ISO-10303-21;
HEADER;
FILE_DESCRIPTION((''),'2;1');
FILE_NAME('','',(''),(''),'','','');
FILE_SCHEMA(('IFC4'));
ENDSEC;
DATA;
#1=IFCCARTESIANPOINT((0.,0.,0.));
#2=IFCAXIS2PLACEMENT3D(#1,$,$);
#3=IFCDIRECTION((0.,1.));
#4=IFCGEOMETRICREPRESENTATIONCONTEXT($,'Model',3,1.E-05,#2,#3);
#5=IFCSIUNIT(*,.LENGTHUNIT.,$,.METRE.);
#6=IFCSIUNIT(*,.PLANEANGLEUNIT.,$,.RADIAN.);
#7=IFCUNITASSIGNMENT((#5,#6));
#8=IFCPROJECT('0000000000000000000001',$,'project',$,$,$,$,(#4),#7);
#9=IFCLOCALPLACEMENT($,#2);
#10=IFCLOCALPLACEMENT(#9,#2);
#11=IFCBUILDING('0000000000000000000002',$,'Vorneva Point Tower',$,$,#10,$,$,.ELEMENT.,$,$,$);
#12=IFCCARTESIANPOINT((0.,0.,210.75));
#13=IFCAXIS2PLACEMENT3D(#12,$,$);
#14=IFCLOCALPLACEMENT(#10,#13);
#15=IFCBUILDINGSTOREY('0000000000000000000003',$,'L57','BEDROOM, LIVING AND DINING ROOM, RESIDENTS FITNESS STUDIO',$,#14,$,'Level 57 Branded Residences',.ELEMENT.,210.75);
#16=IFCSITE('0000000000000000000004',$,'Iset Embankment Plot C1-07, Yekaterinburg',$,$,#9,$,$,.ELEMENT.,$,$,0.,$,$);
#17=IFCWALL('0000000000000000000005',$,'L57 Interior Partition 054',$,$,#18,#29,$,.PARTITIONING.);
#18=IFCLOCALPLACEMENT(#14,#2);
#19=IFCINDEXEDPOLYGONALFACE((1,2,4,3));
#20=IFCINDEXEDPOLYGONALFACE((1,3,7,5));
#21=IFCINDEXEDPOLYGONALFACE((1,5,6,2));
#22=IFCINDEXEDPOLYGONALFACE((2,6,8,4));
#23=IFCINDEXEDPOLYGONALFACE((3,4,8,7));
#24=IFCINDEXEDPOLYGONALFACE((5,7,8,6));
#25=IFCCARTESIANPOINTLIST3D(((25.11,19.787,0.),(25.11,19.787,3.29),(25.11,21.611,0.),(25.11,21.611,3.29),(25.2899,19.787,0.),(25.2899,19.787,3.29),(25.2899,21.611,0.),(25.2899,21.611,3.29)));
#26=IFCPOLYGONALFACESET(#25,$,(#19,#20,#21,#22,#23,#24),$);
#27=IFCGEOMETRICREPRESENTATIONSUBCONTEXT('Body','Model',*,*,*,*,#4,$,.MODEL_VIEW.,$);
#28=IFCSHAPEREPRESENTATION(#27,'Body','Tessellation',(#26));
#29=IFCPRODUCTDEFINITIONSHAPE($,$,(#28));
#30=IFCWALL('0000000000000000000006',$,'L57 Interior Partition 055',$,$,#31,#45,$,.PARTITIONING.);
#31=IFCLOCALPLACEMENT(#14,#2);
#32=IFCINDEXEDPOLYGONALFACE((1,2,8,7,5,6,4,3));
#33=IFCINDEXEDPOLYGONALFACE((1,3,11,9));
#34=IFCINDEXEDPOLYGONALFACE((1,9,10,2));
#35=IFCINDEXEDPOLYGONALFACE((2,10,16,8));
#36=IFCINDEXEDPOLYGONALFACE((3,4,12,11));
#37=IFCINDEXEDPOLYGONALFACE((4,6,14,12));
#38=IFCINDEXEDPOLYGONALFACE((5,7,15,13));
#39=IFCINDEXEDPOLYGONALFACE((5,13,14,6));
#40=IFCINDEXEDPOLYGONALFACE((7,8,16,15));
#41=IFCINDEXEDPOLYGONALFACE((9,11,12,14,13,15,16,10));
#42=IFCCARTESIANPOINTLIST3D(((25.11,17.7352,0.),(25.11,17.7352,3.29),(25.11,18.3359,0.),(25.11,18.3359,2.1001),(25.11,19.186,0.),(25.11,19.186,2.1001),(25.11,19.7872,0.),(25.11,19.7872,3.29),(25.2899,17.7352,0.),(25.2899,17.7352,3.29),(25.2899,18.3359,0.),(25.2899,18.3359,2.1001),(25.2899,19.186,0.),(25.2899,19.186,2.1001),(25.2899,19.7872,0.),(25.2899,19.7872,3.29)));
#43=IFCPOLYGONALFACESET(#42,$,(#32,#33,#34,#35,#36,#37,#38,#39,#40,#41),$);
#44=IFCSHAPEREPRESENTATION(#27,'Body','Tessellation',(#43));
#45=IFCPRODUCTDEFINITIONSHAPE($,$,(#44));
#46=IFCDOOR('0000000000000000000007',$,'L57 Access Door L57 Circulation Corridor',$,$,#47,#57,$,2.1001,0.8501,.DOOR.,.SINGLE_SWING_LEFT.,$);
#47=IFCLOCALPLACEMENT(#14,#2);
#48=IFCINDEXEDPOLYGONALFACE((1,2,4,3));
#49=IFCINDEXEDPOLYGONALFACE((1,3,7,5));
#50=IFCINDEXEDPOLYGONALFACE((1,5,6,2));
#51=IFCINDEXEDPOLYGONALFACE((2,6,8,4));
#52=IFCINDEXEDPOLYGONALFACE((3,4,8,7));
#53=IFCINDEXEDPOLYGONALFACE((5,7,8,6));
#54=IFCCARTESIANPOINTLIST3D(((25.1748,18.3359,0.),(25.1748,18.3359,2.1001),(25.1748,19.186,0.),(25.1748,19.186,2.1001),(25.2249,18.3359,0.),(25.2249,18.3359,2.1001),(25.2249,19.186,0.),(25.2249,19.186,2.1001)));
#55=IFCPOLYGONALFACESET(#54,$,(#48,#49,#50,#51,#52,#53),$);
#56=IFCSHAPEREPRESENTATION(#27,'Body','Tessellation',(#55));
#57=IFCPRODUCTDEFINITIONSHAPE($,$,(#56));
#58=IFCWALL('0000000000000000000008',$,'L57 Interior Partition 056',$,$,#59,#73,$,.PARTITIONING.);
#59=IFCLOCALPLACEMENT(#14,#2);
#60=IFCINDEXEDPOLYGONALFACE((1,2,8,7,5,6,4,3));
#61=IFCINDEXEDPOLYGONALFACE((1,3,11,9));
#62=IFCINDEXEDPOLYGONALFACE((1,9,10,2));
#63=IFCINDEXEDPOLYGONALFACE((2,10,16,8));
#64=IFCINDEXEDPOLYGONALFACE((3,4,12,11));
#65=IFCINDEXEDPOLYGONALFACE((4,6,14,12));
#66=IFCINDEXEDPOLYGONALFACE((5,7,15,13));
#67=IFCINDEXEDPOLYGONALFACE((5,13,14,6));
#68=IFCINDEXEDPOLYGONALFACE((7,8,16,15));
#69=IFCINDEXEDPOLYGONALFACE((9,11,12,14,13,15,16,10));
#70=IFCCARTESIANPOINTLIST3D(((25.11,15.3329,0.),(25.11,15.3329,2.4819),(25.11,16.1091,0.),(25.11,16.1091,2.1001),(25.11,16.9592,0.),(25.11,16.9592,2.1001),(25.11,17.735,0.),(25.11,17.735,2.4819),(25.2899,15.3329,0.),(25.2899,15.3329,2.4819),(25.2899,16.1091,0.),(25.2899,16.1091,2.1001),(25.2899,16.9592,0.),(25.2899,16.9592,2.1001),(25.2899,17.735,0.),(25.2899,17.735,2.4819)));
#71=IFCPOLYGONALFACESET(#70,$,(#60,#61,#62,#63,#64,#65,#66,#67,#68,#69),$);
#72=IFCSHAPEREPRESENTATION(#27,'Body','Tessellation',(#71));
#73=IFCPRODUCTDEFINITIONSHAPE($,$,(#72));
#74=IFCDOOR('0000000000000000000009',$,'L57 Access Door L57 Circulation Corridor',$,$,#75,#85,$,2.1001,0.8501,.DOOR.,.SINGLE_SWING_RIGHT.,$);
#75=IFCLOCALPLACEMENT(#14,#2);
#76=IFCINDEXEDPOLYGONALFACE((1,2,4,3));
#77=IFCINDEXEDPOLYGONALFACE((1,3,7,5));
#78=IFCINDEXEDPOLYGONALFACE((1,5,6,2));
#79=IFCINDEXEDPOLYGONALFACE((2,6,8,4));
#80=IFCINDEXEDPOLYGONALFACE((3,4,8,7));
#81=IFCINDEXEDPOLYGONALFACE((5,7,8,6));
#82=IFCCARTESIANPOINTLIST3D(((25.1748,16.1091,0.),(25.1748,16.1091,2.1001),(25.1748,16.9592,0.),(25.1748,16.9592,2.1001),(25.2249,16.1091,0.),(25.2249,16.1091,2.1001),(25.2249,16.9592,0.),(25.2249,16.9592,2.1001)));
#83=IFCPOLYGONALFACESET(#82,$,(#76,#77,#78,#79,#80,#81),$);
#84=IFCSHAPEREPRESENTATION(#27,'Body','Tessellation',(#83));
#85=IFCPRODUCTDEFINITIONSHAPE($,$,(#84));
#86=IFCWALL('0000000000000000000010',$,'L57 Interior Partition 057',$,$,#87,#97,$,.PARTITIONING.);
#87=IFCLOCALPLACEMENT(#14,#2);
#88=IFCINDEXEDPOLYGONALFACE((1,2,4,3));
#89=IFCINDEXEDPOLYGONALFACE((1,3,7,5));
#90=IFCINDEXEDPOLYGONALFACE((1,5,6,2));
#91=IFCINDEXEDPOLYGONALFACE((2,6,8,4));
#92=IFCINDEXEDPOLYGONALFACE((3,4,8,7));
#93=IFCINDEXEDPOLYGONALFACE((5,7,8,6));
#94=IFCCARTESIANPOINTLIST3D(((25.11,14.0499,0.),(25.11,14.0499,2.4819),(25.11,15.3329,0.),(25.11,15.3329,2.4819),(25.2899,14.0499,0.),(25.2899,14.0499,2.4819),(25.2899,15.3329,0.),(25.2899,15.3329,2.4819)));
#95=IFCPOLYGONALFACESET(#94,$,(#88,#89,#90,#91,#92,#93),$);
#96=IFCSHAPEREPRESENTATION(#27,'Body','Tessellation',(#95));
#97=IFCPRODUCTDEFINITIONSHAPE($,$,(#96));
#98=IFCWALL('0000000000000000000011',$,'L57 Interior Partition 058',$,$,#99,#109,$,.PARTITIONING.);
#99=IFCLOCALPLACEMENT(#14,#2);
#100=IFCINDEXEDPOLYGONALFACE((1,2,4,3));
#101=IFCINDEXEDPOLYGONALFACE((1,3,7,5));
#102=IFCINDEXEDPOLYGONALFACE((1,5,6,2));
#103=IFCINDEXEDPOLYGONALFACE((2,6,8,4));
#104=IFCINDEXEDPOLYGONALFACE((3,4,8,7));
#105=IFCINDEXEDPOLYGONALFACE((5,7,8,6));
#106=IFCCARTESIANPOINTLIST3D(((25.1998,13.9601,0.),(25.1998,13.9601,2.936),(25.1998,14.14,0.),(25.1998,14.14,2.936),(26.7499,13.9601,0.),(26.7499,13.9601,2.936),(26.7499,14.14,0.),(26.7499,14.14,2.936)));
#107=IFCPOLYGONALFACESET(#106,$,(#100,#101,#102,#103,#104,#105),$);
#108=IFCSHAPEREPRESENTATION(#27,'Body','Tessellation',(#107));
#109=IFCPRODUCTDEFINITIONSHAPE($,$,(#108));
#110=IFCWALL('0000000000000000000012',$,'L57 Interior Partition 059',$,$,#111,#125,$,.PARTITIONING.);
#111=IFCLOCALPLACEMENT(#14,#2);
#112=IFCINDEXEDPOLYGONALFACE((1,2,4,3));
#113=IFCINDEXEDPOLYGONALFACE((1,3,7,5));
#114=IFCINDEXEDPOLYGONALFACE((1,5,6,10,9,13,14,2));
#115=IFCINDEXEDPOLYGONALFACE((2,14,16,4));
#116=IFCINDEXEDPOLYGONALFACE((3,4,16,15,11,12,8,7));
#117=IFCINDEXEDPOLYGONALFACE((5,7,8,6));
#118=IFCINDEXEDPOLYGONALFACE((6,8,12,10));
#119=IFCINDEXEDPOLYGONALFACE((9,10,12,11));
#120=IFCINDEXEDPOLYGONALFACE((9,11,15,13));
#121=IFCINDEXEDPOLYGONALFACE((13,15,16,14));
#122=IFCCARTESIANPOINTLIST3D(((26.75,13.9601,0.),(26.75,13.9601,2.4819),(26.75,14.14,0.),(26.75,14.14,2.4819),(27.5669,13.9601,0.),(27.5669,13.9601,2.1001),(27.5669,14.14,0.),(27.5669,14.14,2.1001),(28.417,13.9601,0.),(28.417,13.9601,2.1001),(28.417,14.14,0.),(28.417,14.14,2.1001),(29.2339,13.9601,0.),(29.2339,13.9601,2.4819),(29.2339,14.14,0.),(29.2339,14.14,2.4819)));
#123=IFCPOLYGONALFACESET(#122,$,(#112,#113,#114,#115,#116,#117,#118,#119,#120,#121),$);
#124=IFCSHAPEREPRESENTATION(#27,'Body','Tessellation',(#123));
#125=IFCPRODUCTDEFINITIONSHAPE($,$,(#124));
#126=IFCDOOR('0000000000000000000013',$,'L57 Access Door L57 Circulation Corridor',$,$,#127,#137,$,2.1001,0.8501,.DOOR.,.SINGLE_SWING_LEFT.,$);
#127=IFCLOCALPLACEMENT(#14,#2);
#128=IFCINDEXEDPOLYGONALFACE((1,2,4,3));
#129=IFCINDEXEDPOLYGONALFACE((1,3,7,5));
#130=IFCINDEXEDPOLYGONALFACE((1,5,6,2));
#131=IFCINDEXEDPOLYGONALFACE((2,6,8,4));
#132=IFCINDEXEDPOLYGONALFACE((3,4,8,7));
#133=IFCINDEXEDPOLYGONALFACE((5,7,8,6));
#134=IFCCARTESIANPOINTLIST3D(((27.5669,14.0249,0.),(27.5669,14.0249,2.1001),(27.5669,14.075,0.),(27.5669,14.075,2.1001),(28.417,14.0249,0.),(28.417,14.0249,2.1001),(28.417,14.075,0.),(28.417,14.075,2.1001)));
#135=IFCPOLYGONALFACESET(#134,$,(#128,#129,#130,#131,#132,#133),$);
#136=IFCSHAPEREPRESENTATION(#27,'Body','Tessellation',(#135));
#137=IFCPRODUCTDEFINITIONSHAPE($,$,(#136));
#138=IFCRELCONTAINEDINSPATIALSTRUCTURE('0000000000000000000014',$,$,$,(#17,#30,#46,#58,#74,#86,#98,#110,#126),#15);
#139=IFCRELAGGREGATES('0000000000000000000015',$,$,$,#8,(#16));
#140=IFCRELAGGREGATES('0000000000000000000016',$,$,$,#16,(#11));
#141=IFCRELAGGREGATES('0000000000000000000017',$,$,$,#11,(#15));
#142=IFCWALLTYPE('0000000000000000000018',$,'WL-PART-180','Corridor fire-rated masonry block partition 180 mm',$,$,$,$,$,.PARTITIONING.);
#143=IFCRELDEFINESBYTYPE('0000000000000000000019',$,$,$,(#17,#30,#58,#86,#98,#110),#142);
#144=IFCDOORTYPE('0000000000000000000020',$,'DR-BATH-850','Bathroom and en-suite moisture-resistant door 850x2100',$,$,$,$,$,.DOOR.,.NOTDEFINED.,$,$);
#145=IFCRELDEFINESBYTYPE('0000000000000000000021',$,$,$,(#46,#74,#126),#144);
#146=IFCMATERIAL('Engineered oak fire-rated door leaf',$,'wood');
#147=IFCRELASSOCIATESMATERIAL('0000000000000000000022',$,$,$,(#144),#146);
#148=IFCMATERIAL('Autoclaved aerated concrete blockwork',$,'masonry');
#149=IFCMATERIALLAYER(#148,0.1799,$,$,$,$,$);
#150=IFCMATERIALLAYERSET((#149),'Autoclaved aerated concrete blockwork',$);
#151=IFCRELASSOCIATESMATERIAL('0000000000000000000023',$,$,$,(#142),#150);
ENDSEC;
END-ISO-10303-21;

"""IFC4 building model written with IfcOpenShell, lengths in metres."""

from ifc_helpers import new_model, si_unit, direction, frame, frame_2d, origin, place, context, subcontext, project, spatial, rectangle, extrude, material, layer, layer_set, type_object, element, fill, save


model = new_model("IFC4")

# Units and contexts
model_context = context("Model", 3, precision=1e-05, world=origin(), true_north=direction((0.0, 1.0)))
body_context = subcontext(model_context, "Body", "Model", "MODEL_VIEW")
ifc_project = project(units=[si_unit("LENGTHUNIT", "METRE"), si_unit("PLANEANGLEUNIT", "RADIAN")], contexts=[model_context])

# Site, building, storey
site_placement = place(None, origin())
site = spatial("IfcSite", under=ifc_project, at=site_placement, Name="Iset Embankment Plot C1-07, Yekaterinburg", CompositionType="ELEMENT", RefElevation=0.0)
building_placement = place(site_placement, origin())
building = spatial("IfcBuilding", under=site, at=building_placement, Name="Vorneva Point Tower", CompositionType="ELEMENT")
storey_placement = place(building_placement, frame((0.0, 0.0, 210.75)))
storey = spatial("IfcBuildingStorey", under=building, at=storey_placement, Name="L57", Description="BEDROOM, LIVING AND DINING ROOM, RESIDENTS FITNESS STUDIO", LongName="Level 57 Branded Residences", CompositionType="ELEMENT", Elevation=210.75)

# Shared definitions
ifc_material_1 = material(Name="Engineered oak fire-rated door leaf", Category="wood")
door_type_1 = type_object("IfcDoorType", Name="DR-BATH-850", Description="Bathroom and en-suite moisture-resistant door 850x2100", OperationType="NOTDEFINED", PredefinedType="DOOR", material=ifc_material_1)

# Shared definitions
ifc_material_2 = material(Name="Autoclaved aerated concrete blockwork", Category="masonry")
ifc_layer_1 = layer(ifc_material_2, 0.1799)
ifc_layer_set_1 = layer_set([ifc_layer_1], Name="Autoclaved aerated concrete blockwork")
wall_type_1 = type_object("IfcWallType", Name="WL-PART-180", Description="Corridor fire-rated masonry block partition 180 mm", PredefinedType="PARTITIONING", material=ifc_layer_set_1)

# Wall
wall_1_placement = place(storey_placement, frame((25.2, 21.6111, 0.0), z_axis=(0.0, 0.0, 1.0), x_axis=(0.0, -1.0, 0.0)))
element("IfcWall", 1, at=wall_1_placement, inside=storey, type_object=wall_type_1, Name="L57 Interior Partition 054", PredefinedType="PARTITIONING", context=body_context, shape_type="SweptSolid", body=[
    extrude(rectangle(XDim=1.824, YDim=0.1799, at=frame_2d((0.9121, 0.0))), origin(), (0.0, 0.0, 1.0), 3.29),
])

# Walls, openings, doors
wall_2_placement = place(storey_placement, frame((25.2, 19.7871, 0.0), z_axis=(0.0, 0.0, 1.0), x_axis=(0.0, -1.0, 0.0)))
wall_2 = element("IfcWall", 2, at=wall_2_placement, inside=storey, type_object=wall_type_1, Name="L57 Interior Partition 055", PredefinedType="PARTITIONING", context=body_context, shape_type="SweptSolid", body=[
    extrude(rectangle(XDim=2.052, YDim=0.1799, at=frame_2d((1.0259, 0.0))), origin(), (0.0, 0.0, 1.0), 3.29),
])
opening_1_placement = place(wall_2_placement, frame((0.6011, 0.0, 0.0)))
opening_1 = element("IfcOpeningElement", 3, at=opening_1_placement, cuts=wall_2, PredefinedType="OPENING", context=body_context, shape_type="SweptSolid", body=[
    extrude(rectangle(XDim=0.8501, YDim=2.1001, at=frame_2d((0.425, 1.05))), frame((0.0, 0.105, 0.0), z_axis=(0.0, -1.0, 0.0), x_axis=(1.0, 0.0, 0.0)), (0.0, 0.0, 1.0), 0.2097),
])
door_1_placement = place(opening_1_placement, origin())
door_1 = element("IfcDoor", 4, at=door_1_placement, inside=storey, type_object=door_type_1, Name="L57 Access Door L57 Circulation Corridor", OperationType="SINGLE_SWING_LEFT", OverallHeight=2.1001, OverallWidth=0.8501, PredefinedType="DOOR", context=body_context, shape_type="SweptSolid", body=[
    extrude(rectangle(XDim=0.8501, YDim=2.1001, at=frame_2d((0.425, 1.05))), frame((0.0, 0.0249, 0.0), z_axis=(0.0, -1.0, 0.0), x_axis=(1.0, 0.0, 0.0)), (0.0, 0.0, 1.0), 0.05),
])
fill(opening_1, door_1)
wall_3_placement = place(storey_placement, frame((25.2, 17.7351, 0.0), z_axis=(0.0, 0.0, 1.0), x_axis=(0.0, -1.0, 0.0)))
wall_3 = element("IfcWall", 5, at=wall_3_placement, inside=storey, type_object=wall_type_1, Name="L57 Interior Partition 056", PredefinedType="PARTITIONING", context=body_context, shape_type="SweptSolid", body=[
    extrude(rectangle(XDim=2.4021, YDim=0.1799, at=frame_2d((1.2012, 0.0))), origin(), (0.0, 0.0, 1.0), 2.4819),
])
opening_2_placement = place(wall_3_placement, frame((0.7759, 0.0, 0.0)))
opening_2 = element("IfcOpeningElement", 6, at=opening_2_placement, cuts=wall_3, PredefinedType="OPENING", context=body_context, shape_type="SweptSolid", body=[
    extrude(rectangle(XDim=0.8501, YDim=2.1001, at=frame_2d((0.425, 1.05))), frame((0.0, 0.105, 0.0), z_axis=(0.0, -1.0, 0.0), x_axis=(1.0, 0.0, 0.0)), (0.0, 0.0, 1.0), 0.2097),
])
door_2_placement = place(opening_2_placement, origin())
door_2 = element("IfcDoor", 7, at=door_2_placement, inside=storey, type_object=door_type_1, Name="L57 Access Door L57 Circulation Corridor", OperationType="SINGLE_SWING_RIGHT", OverallHeight=2.1001, OverallWidth=0.8501, PredefinedType="DOOR", context=body_context, shape_type="SweptSolid", body=[
    extrude(rectangle(XDim=0.8501, YDim=2.1001, at=frame_2d((0.425, 1.05))), frame((0.0, 0.0249, 0.0), z_axis=(0.0, -1.0, 0.0), x_axis=(1.0, 0.0, 0.0)), (0.0, 0.0, 1.0), 0.05),
])
fill(opening_2, door_2)

# Walls
wall_4_placement = place(storey_placement, frame((25.2, 15.333, 0.0), z_axis=(0.0, 0.0, 1.0), x_axis=(0.0, -1.0, 0.0)))
element("IfcWall", 8, at=wall_4_placement, inside=storey, type_object=wall_type_1, Name="L57 Interior Partition 057", PredefinedType="PARTITIONING", context=body_context, shape_type="SweptSolid", body=[
    extrude(rectangle(XDim=1.283, YDim=0.1799, at=frame_2d((0.6416, 0.0))), origin(), (0.0, 0.0, 1.0), 2.4819),
])
wall_5_placement = place(storey_placement, frame((25.2, 14.05, 0.0), z_axis=(0.0, 0.0, 1.0), x_axis=(1.0, 0.0, 0.0)))
element("IfcWall", 9, at=wall_5_placement, inside=storey, type_object=wall_type_1, Name="L57 Interior Partition 058", PredefinedType="PARTITIONING", context=body_context, shape_type="SweptSolid", body=[
    extrude(rectangle(XDim=1.55, YDim=0.1799, at=frame_2d((0.7749, 0.0))), origin(), (0.0, 0.0, 1.0), 2.936),
])

# Wall, opening, door
wall_6_placement = place(storey_placement, frame((26.75, 14.05, 0.0), z_axis=(0.0, 0.0, 1.0), x_axis=(1.0, 0.0, 0.0)))
wall_6 = element("IfcWall", 10, at=wall_6_placement, inside=storey, type_object=wall_type_1, Name="L57 Interior Partition 059", PredefinedType="PARTITIONING", context=body_context, shape_type="SweptSolid", body=[
    extrude(rectangle(XDim=2.4839, YDim=0.1799, at=frame_2d((1.2419, 0.0))), origin(), (0.0, 0.0, 1.0), 2.4819),
])
opening_3_placement = place(wall_6_placement, frame((0.8169, 0.0, 0.0)))
opening_3 = element("IfcOpeningElement", 11, at=opening_3_placement, cuts=wall_6, PredefinedType="OPENING", context=body_context, shape_type="SweptSolid", body=[
    extrude(rectangle(XDim=0.8501, YDim=2.1001, at=frame_2d((0.425, 1.05))), frame((0.0, 0.105, 0.0), z_axis=(0.0, -1.0, 0.0), x_axis=(1.0, 0.0, 0.0)), (0.0, 0.0, 1.0), 0.2097),
])
door_3_placement = place(opening_3_placement, origin())
door_3 = element("IfcDoor", 12, at=door_3_placement, inside=storey, type_object=door_type_1, Name="L57 Access Door L57 Circulation Corridor", OperationType="SINGLE_SWING_LEFT", OverallHeight=2.1001, OverallWidth=0.8501, PredefinedType="DOOR", context=body_context, shape_type="SweptSolid", body=[
    extrude(rectangle(XDim=0.8501, YDim=2.1001, at=frame_2d((0.425, 1.05))), frame((0.0, 0.0249, 0.0), z_axis=(0.0, -1.0, 0.0), x_axis=(1.0, 0.0, 0.0)), (0.0, 0.0, 1.0), 0.05),
])
fill(opening_3, door_3)

save(model, "model.ifc")
